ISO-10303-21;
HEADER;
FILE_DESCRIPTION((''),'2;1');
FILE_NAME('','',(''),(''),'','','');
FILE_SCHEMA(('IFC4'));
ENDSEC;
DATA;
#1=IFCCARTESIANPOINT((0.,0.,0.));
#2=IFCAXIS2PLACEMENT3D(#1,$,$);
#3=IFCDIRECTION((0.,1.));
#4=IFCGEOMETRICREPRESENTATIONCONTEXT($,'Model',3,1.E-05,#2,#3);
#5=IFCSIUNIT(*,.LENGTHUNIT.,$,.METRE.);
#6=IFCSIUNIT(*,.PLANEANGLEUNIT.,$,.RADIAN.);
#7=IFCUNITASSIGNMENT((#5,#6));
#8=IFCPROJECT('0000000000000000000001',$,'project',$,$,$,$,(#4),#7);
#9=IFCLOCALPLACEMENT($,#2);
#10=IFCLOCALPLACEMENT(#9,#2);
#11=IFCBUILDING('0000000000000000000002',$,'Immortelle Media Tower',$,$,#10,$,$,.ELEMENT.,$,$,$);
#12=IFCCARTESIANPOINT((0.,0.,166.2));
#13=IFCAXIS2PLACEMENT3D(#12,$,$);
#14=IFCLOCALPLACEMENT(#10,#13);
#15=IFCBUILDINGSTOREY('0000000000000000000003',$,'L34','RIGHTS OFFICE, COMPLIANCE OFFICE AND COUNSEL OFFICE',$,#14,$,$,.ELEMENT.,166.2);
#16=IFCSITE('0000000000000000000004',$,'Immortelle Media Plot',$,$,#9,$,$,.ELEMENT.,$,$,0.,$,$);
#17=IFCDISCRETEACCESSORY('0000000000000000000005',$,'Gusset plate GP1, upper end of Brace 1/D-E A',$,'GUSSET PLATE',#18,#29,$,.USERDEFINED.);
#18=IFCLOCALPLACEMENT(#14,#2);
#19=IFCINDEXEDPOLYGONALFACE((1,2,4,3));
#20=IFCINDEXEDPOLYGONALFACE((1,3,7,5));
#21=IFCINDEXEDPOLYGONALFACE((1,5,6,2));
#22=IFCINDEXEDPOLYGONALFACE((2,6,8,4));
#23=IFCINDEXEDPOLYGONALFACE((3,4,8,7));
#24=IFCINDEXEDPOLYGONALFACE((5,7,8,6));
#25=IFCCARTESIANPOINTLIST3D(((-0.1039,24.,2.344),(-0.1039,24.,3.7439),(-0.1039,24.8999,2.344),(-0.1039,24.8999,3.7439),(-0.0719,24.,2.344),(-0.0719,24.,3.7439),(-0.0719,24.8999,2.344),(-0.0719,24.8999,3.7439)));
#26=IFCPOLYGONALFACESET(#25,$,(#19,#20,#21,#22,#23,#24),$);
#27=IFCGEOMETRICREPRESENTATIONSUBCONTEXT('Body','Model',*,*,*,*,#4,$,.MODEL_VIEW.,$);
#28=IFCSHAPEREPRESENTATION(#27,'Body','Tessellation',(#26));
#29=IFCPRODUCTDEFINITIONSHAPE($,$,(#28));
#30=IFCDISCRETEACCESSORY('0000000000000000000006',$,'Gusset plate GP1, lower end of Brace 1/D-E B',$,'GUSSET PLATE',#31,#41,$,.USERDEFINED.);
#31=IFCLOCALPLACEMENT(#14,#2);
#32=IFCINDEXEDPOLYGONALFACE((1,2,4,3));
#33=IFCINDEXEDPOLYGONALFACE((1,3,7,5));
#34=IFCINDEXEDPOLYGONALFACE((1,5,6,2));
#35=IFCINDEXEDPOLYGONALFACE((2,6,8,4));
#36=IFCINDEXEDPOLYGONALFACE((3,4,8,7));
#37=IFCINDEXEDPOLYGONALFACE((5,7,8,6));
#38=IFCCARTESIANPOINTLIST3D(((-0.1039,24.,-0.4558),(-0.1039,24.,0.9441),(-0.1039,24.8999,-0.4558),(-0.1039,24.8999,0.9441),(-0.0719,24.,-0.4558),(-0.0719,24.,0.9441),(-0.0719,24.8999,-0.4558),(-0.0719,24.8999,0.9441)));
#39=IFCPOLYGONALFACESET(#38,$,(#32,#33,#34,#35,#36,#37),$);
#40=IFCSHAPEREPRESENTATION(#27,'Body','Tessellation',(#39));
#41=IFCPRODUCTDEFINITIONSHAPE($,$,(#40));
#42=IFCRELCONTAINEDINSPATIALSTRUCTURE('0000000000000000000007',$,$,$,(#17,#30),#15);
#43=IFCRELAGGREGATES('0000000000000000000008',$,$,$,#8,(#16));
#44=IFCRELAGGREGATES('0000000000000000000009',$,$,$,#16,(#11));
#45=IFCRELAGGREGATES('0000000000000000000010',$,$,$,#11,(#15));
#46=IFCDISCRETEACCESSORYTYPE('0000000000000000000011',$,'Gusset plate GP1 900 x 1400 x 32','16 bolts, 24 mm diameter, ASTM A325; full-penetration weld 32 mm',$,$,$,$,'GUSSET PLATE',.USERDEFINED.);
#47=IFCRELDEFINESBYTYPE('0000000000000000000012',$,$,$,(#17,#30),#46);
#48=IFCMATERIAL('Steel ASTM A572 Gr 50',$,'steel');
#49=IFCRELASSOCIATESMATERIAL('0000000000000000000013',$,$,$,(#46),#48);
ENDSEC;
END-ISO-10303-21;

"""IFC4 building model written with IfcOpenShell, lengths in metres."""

from ifc_helpers import new_model, si_unit, direction, frame, origin, origin_2d, place, context, subcontext, project, spatial, rectangle, extrude, material, material_profile, profile_set, type_object, element, save


model = new_model("IFC4")

# Units and contexts
model_context = context("Model", 3, precision=1e-05, world=origin(), true_north=direction((0.0, 1.0)))
body_context = subcontext(model_context, "Body", "Model", "MODEL_VIEW")
ifc_project = project(units=[si_unit("LENGTHUNIT", "METRE"), si_unit("PLANEANGLEUNIT", "RADIAN")], contexts=[model_context])

# Site, building, storey
site_placement = place(None, origin())
site = spatial("IfcSite", under=ifc_project, at=site_placement, Name="Immortelle Media Plot", CompositionType="ELEMENT", RefElevation=0.0)
building_placement = place(site_placement, origin())
building = spatial("IfcBuilding", under=site, at=building_placement, Name="Immortelle Media Tower", CompositionType="ELEMENT")
storey_placement = place(building_placement, frame((0.0, 0.0, 166.2)))
storey = spatial("IfcBuildingStorey", under=building, at=storey_placement, Name="L34", Description="RIGHTS OFFICE, COMPLIANCE OFFICE AND COUNSEL OFFICE", CompositionType="ELEMENT", Elevation=166.2)

# Discrete accessories
ifc_material_1 = material(Name="Steel ASTM A572 Gr 50", Category="steel")
ifc_material_profile_1 = material_profile(ifc_material_1, rectangle(XDim=0.032, YDim=1.3999, at=origin_2d()), Name="PL 32 x 1400")
ifc_profile_set_1 = profile_set([ifc_material_profile_1], Name="Steel ASTM A572 Gr 50")
discrete_accessory_type = type_object("IfcDiscreteAccessoryType", Name="Gusset plate GP1 900 x 1400 x 32", Description="16 bolts, 24 mm diameter, ASTM A325; full-penetration weld 32 mm", ElementType="GUSSET PLATE", PredefinedType="USERDEFINED", material=ifc_profile_set_1)
for number, where, z_axis, x_axis, name in (
    (1, (-0.0879, 24.0, 3.0439), (0.0, 1.0, 0.0), (-1.0, 0.0, 0.0), "Gusset plate GP1, upper end of Brace 1/D-E A"),
    (2, (-0.0879, 24.0, 0.2441), (0.0, 1.0, 0.0), (-1.0, 0.0, 0.0), "Gusset plate GP1, lower end of Brace 1/D-E B"),
):
    element("IfcDiscreteAccessory", number, at=place(storey_placement, frame(where, z_axis=z_axis, x_axis=x_axis)), inside=storey, type_object=discrete_accessory_type, Name=name, ObjectType="GUSSET PLATE", PredefinedType="USERDEFINED", context=body_context, shape_type="SweptSolid", body=[
        extrude(rectangle(XDim=0.032, YDim=1.3999, at=origin_2d()), origin(), (0.0, 0.0, 1.0), 0.8999),
    ])

save(model, "model.ifc")
